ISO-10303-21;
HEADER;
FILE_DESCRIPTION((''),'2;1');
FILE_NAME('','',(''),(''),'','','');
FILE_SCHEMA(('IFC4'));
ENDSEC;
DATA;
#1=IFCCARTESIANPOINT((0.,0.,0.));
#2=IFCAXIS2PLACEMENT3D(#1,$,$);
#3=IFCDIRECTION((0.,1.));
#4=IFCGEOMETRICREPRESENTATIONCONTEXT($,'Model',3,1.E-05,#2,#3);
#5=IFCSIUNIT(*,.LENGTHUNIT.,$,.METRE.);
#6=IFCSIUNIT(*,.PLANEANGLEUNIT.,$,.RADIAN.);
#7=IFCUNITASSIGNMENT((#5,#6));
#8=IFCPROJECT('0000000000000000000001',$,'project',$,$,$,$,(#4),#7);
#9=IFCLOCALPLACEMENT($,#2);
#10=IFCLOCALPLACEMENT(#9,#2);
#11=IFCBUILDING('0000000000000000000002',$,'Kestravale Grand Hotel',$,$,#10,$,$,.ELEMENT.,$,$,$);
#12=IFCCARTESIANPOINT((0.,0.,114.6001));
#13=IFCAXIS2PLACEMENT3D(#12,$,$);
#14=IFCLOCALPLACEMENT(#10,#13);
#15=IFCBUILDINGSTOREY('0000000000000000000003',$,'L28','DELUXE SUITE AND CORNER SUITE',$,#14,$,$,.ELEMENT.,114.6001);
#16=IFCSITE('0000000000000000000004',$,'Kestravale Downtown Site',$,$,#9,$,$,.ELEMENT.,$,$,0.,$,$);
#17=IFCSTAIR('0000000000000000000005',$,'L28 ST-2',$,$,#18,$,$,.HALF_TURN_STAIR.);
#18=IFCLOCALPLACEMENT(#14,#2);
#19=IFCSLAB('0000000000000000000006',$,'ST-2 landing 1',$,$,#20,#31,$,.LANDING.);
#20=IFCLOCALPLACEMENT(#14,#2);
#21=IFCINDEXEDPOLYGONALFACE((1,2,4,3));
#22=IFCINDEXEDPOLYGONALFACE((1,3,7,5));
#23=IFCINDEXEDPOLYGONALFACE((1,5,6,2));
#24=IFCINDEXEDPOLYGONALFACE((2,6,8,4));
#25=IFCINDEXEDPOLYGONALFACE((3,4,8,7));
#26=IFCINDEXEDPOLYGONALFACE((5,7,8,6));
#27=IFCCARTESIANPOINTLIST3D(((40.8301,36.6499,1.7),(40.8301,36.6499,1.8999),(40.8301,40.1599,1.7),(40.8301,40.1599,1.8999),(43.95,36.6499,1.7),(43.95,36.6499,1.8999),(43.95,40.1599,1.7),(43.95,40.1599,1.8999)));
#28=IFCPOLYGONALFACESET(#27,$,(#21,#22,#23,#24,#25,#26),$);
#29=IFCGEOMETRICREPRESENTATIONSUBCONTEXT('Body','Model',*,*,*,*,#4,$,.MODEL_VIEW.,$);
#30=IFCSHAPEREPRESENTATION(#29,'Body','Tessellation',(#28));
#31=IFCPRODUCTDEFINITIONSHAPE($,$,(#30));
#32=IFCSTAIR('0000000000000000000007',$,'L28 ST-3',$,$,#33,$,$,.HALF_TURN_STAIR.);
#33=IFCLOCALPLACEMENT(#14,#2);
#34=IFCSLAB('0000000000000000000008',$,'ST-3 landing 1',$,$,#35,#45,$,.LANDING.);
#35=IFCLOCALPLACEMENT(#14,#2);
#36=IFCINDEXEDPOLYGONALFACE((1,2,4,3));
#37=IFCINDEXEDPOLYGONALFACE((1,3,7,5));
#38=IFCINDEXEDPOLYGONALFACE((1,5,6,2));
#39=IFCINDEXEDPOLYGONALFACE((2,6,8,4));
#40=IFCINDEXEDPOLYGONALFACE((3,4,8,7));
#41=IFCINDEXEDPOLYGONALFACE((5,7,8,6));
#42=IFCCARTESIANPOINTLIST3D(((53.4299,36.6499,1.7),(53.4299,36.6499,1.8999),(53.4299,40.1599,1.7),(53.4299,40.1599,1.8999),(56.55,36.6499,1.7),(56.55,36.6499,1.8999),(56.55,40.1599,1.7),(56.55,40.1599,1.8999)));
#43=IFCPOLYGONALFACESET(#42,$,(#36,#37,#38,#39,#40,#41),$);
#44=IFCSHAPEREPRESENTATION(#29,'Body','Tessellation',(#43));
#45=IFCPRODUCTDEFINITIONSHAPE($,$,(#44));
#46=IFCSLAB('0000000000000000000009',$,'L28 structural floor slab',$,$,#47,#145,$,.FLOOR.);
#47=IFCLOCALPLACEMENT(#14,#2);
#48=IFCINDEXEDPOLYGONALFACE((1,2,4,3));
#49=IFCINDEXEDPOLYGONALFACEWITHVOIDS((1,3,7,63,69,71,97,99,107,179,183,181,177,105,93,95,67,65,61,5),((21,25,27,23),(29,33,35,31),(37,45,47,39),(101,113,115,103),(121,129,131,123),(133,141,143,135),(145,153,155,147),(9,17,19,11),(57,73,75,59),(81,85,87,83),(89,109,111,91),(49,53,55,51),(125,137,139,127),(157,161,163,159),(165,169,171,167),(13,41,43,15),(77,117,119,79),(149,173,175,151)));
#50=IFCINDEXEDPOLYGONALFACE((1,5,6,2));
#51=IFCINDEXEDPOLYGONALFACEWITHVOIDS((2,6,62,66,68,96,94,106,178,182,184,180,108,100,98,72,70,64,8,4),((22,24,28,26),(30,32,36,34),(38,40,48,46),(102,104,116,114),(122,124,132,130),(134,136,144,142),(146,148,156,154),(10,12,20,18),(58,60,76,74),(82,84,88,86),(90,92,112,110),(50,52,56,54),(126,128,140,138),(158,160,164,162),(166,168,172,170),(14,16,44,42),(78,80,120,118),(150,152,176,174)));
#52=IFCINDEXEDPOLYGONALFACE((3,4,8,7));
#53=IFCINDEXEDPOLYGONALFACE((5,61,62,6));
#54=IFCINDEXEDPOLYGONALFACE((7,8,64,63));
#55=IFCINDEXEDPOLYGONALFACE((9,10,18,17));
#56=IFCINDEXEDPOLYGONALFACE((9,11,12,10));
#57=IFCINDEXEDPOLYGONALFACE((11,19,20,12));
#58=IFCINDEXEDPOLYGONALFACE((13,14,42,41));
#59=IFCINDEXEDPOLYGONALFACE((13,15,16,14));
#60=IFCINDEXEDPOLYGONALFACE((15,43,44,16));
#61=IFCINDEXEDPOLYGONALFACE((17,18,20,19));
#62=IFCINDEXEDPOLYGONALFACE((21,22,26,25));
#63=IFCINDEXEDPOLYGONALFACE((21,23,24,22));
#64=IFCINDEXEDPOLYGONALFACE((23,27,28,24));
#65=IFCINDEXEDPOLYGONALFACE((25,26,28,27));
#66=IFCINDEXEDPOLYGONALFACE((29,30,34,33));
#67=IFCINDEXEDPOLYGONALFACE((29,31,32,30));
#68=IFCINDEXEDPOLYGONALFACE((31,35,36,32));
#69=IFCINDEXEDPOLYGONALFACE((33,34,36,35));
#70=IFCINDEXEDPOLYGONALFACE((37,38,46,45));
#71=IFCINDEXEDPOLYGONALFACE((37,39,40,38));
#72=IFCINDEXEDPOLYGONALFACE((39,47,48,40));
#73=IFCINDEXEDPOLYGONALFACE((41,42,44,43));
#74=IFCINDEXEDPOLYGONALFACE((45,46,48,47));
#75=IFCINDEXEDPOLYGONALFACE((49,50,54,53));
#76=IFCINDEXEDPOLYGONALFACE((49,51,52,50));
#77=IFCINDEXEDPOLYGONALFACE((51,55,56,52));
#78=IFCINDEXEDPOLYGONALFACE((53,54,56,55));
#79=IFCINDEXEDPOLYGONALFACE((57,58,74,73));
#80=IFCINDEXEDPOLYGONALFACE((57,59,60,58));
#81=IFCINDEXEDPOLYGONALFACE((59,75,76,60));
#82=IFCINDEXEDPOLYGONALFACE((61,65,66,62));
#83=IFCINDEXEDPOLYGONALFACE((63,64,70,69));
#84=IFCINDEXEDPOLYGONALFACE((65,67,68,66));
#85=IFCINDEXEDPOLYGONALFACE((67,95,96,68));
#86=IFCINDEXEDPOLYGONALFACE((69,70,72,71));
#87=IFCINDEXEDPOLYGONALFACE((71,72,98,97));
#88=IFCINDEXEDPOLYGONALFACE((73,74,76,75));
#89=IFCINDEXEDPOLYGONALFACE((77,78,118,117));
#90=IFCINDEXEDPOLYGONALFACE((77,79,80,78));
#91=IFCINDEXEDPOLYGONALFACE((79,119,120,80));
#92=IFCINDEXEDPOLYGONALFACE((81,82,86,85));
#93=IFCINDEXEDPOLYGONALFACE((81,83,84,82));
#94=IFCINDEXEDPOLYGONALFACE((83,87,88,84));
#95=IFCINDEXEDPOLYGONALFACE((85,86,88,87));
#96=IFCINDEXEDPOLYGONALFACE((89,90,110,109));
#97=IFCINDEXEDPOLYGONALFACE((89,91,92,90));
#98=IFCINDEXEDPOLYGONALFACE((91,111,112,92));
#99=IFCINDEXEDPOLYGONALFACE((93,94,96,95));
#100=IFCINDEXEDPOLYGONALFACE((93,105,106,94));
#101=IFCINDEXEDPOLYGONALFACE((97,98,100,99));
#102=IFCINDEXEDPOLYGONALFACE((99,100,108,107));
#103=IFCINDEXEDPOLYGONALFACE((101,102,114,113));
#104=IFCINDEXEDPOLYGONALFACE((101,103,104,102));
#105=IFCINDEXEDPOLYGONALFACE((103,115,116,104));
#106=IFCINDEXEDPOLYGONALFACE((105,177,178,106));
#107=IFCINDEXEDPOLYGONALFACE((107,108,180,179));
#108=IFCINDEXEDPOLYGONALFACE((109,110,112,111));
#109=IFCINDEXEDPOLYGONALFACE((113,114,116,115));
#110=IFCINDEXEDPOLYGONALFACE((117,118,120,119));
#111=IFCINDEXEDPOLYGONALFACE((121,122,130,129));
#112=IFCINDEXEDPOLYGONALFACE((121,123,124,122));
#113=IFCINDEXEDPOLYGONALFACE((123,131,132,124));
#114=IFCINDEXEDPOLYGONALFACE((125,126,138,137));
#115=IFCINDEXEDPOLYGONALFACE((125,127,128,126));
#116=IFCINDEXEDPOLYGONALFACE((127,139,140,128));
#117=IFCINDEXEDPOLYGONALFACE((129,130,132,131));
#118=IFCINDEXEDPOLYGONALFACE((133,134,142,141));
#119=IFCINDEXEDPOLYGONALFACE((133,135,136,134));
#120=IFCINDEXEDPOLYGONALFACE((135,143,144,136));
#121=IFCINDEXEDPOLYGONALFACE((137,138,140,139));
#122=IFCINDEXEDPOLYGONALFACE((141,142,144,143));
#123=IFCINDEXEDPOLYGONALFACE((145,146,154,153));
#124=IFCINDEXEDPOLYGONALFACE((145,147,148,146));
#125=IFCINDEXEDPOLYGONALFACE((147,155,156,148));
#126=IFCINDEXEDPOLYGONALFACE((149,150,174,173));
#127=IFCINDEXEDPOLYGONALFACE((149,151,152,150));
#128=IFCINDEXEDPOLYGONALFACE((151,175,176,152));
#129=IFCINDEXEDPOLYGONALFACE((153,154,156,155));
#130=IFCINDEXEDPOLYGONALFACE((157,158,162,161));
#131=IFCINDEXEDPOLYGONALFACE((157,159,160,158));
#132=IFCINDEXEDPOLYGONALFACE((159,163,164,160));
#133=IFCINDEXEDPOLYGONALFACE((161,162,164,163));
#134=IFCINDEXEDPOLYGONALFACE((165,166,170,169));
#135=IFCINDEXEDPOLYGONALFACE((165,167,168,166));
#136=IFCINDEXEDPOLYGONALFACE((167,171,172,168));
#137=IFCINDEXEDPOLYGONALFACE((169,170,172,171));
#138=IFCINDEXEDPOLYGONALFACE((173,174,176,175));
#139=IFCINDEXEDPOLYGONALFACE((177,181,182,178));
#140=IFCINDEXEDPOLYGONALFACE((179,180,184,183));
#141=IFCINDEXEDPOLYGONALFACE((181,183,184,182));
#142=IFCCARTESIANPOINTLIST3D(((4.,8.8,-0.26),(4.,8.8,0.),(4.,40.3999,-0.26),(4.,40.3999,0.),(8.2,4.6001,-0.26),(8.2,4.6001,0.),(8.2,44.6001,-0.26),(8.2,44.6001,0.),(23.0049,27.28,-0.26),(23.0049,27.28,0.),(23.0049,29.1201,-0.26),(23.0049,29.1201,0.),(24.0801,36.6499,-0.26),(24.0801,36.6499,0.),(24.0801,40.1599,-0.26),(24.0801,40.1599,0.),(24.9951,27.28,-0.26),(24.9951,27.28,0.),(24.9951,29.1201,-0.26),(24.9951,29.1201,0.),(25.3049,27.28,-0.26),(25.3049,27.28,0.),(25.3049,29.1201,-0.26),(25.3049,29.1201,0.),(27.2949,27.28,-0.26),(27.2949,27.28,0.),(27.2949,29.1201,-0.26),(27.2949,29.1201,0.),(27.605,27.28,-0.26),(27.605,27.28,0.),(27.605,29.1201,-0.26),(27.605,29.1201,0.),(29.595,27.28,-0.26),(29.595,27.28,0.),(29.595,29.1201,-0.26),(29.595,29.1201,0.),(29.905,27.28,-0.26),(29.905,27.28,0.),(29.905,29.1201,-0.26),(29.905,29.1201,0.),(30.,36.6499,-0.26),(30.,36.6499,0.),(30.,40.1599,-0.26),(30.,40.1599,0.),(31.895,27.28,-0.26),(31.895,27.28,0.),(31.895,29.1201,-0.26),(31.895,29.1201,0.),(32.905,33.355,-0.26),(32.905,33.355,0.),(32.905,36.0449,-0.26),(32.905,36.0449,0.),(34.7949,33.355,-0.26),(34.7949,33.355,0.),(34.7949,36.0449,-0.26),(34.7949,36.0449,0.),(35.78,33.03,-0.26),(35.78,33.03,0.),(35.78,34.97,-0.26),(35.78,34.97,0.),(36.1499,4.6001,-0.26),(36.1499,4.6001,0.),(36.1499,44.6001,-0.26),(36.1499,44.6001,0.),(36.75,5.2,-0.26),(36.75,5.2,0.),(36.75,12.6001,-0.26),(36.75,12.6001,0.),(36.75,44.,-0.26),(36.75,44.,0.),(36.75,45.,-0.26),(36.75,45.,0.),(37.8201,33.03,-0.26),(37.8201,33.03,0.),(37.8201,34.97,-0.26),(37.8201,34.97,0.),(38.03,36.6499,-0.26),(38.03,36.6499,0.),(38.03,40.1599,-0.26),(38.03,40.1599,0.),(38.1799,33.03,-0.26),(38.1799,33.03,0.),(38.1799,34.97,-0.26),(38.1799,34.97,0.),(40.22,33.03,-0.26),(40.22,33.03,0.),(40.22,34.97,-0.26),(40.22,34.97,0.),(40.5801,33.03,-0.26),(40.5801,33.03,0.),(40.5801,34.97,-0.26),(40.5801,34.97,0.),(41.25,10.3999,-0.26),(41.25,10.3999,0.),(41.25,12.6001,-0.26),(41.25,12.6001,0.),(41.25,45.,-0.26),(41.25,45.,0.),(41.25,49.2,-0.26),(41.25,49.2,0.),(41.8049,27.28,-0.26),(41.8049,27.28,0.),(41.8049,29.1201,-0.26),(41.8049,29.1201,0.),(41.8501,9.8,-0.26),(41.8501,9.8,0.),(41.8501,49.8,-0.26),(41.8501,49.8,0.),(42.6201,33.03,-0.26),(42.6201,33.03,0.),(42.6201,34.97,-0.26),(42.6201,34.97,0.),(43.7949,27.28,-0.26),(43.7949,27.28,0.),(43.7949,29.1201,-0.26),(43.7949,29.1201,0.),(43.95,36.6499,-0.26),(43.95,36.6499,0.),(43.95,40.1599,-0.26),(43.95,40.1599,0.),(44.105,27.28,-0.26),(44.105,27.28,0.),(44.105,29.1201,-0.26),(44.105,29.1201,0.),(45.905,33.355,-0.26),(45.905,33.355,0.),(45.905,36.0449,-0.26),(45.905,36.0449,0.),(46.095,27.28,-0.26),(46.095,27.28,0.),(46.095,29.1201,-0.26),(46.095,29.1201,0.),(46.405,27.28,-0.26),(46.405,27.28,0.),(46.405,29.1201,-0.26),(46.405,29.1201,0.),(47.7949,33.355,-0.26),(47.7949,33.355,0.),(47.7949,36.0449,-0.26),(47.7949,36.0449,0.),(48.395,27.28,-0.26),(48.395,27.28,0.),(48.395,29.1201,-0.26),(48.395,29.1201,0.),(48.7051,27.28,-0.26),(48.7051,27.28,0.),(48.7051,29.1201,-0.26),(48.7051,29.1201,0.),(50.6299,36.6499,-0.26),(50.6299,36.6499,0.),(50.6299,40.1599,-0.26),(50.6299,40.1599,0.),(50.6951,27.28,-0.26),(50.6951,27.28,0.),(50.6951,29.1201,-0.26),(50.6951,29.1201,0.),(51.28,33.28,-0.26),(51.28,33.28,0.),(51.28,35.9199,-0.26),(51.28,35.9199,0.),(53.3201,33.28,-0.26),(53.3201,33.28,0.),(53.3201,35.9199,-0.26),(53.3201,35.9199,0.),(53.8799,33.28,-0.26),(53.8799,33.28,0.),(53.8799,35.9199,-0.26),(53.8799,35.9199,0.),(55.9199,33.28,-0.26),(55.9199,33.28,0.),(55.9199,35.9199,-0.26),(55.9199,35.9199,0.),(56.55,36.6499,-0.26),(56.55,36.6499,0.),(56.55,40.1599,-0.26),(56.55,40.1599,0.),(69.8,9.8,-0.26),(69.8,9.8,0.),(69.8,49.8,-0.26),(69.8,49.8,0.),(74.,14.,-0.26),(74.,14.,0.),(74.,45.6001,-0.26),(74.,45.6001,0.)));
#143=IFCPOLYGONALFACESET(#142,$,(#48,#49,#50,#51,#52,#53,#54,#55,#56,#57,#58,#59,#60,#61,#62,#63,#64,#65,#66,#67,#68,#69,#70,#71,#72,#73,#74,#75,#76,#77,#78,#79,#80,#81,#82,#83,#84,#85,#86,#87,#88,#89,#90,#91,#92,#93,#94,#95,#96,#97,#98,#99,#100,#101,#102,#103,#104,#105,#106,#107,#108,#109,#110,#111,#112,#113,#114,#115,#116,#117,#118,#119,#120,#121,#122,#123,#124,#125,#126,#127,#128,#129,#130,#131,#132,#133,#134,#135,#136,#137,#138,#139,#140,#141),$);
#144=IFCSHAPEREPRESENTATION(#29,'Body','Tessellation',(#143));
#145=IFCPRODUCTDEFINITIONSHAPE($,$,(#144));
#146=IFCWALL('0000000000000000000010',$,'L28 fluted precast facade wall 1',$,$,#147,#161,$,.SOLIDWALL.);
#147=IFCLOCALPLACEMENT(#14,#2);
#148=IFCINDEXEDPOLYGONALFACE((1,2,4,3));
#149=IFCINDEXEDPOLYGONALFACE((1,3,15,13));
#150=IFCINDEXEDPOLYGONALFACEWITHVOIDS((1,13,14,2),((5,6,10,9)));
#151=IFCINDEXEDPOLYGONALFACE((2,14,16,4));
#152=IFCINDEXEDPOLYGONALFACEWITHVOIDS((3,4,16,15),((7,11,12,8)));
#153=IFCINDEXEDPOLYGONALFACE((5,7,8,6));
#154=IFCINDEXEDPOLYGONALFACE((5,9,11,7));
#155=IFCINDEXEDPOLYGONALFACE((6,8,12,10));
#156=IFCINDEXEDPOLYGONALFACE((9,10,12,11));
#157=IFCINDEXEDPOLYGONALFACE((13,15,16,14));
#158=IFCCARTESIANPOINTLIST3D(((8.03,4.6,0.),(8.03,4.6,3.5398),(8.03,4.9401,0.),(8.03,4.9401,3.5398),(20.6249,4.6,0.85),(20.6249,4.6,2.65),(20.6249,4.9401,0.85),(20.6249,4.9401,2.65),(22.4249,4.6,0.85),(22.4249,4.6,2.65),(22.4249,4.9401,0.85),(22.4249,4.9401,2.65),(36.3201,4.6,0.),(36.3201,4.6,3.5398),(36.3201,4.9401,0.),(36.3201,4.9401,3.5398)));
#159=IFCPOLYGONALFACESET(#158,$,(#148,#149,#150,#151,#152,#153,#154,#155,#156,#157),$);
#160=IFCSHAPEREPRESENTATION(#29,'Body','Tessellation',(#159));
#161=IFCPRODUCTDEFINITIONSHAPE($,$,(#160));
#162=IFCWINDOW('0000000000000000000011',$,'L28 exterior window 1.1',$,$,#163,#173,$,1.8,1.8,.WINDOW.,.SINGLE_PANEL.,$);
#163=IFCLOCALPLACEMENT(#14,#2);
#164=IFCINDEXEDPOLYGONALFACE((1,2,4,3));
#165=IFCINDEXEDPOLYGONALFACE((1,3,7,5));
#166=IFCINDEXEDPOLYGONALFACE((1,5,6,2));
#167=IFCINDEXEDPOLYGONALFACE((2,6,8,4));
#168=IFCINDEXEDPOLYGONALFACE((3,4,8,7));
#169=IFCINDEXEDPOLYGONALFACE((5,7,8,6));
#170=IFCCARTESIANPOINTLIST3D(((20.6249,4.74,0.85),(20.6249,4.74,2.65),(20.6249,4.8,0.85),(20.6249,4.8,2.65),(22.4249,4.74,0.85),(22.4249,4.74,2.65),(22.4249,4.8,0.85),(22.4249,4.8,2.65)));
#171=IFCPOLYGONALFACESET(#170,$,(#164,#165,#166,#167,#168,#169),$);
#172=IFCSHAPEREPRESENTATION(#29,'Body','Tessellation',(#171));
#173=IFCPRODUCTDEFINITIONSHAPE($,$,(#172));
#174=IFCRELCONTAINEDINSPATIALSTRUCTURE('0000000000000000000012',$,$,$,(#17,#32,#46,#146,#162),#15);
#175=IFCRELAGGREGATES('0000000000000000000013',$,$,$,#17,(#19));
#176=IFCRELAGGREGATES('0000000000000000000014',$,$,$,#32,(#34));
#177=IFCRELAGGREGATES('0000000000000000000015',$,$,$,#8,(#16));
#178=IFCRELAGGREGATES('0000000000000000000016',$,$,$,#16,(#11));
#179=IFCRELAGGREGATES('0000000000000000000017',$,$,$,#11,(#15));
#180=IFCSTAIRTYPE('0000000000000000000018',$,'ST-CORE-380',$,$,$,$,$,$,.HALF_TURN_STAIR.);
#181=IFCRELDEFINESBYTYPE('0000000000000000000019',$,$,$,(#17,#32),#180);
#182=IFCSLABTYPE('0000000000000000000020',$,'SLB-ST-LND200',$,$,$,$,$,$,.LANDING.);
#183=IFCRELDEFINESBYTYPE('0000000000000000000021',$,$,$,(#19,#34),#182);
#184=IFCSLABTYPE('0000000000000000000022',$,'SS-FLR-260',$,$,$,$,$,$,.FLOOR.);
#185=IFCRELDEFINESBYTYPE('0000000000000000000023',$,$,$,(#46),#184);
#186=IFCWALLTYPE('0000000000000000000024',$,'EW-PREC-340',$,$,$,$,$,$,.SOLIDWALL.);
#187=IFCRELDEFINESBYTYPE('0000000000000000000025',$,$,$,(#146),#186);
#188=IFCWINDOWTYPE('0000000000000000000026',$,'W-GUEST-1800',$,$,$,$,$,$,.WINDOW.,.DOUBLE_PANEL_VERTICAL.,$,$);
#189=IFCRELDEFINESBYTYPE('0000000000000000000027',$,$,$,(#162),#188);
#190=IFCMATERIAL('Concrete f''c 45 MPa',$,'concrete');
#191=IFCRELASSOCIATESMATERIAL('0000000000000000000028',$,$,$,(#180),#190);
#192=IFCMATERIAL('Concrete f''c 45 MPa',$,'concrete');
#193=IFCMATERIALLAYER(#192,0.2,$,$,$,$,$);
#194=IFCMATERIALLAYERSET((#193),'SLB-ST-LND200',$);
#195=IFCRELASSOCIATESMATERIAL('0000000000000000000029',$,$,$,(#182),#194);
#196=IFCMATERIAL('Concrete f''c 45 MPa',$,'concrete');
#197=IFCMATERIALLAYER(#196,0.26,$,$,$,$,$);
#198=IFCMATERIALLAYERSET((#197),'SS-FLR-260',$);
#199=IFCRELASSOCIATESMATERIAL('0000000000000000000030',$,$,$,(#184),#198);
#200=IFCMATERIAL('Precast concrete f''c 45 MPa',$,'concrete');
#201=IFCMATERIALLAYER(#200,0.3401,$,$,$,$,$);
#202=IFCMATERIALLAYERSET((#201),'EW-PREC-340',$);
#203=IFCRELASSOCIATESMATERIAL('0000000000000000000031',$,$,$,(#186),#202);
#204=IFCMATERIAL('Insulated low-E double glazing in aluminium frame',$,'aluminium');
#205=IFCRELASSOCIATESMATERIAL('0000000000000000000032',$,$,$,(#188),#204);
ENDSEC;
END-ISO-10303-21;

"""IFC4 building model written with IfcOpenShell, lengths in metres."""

from ifc_helpers import new_model, si_unit, direction, frame, frame_2d, origin, place, context, subcontext, project, spatial, polyline, rectangle, outline, extrude, material, layer, layer_set, type_object, element, fill, aggregate, save


model = new_model("IFC4")

# Units and contexts
model_context = context("Model", 3, precision=1e-05, world=origin(), true_north=direction((0.0, 1.0)))
body_context = subcontext(model_context, "Body", "Model", "MODEL_VIEW")
ifc_project = project(units=[si_unit("LENGTHUNIT", "METRE"), si_unit("PLANEANGLEUNIT", "RADIAN")], contexts=[model_context])

# Site, building, storey
site_placement = place(None, origin())
site = spatial("IfcSite", under=ifc_project, at=site_placement, Name="Kestravale Downtown Site", CompositionType="ELEMENT", RefElevation=0.0)
building_placement = place(site_placement, origin())
building = spatial("IfcBuilding", under=site, at=building_placement, Name="Kestravale Grand Hotel", CompositionType="ELEMENT")
storey_placement = place(building_placement, frame((0.0, 0.0, 114.6001)))
storey = spatial("IfcBuildingStorey", under=building, at=storey_placement, Name="L28", Description="DELUXE SUITE AND CORNER SUITE", CompositionType="ELEMENT", Elevation=114.6001)

# Stairs, slabs
ifc_material_1 = material(Name="Concrete f'c 45 MPa", Category="concrete")
stair_type = type_object("IfcStairType", Name="ST-CORE-380", PredefinedType="HALF_TURN_STAIR", material=ifc_material_1)
ifc_material_2 = material(Name="Concrete f'c 45 MPa", Category="concrete")
ifc_layer_1 = layer(ifc_material_2, 0.2)
ifc_layer_set_1 = layer_set([ifc_layer_1], Name="SLB-ST-LND200")
slab_type_1 = type_object("IfcSlabType", Name="SLB-ST-LND200", PredefinedType="LANDING", material=ifc_layer_set_1)
stair_1_placement = place(storey_placement, origin())
stair_1 = element("IfcStair", 1, at=stair_1_placement, inside=storey, type_object=stair_type, Name="L28 ST-2", PredefinedType="HALF_TURN_STAIR")
slab_1_placement = place(storey_placement, frame((0.0, 0.0, 1.7)))
slab_1 = element("IfcSlab", 2, at=slab_1_placement, type_object=slab_type_1, Name="ST-2 landing 1", PredefinedType="LANDING", context=body_context, shape_type="SweptSolid", body=[
    extrude(outline(polyline([(40.8301, 36.6499), (43.95, 36.6499), (43.95, 40.1599), (40.8301, 40.1599), (40.8301, 36.6499)])), origin(), (0.0, 0.0, 1.0), 0.2),
])
aggregate(stair_1, [slab_1])
stair_2_placement = place(storey_placement, origin())
stair_2 = element("IfcStair", 3, at=stair_2_placement, inside=storey, type_object=stair_type, Name="L28 ST-3", PredefinedType="HALF_TURN_STAIR")
slab_2_placement = place(storey_placement, frame((0.0, 0.0, 1.7)))
slab_2 = element("IfcSlab", 4, at=slab_2_placement, type_object=slab_type_1, Name="ST-3 landing 1", PredefinedType="LANDING", context=body_context, shape_type="SweptSolid", body=[
    extrude(outline(polyline([(53.4299, 36.6499), (56.55, 36.6499), (56.55, 40.1599), (53.4299, 40.1599), (53.4299, 36.6499)])), origin(), (0.0, 0.0, 1.0), 0.2),
])
aggregate(stair_2, [slab_2])

# Slab
ifc_material_3 = material(Name="Concrete f'c 45 MPa", Category="concrete")
ifc_layer_2 = layer(ifc_material_3, 0.26)
ifc_layer_set_2 = layer_set([ifc_layer_2], Name="SS-FLR-260")
slab_type_2 = type_object("IfcSlabType", Name="SS-FLR-260", PredefinedType="FLOOR", material=ifc_layer_set_2)
slab_3_placement = place(storey_placement, frame((0.0, 0.0, -0.26)))
element("IfcSlab", 5, at=slab_3_placement, inside=storey, type_object=slab_type_2, Name="L28 structural floor slab", PredefinedType="FLOOR", context=body_context, shape_type="SweptSolid", body=[
    extrude(outline(polyline([(8.2, 4.6001), (36.1499, 4.6001), (36.75, 5.2), (36.75, 12.6001), (41.25, 12.6001), (41.25, 10.3999), (41.8501, 9.8), (69.8, 9.8), (74.0, 14.0), (74.0, 45.6001), (69.8, 49.8), (41.8501, 49.8), (41.25, 49.2), (41.25, 45.0), (36.75, 45.0), (36.75, 44.0), (36.1499, 44.6001), (8.2, 44.6001), (4.0, 40.3999), (4.0, 8.8), (8.2, 4.6001)]), holes=[polyline([(24.0801, 36.6499), (30.0, 36.6499), (30.0, 40.1599), (24.0801, 40.1599), (24.0801, 36.6499)]), polyline([(38.03, 36.6499), (43.95, 36.6499), (43.95, 40.1599), (38.03, 40.1599), (38.03, 36.6499)]), polyline([(50.6299, 36.6499), (56.55, 36.6499), (56.55, 40.1599), (50.6299, 40.1599), (50.6299, 36.6499)]), polyline([(23.0049, 27.28), (24.9951, 27.28), (24.9951, 29.1201), (23.0049, 29.1201), (23.0049, 27.28)]), polyline([(25.3049, 27.28), (27.2949, 27.28), (27.2949, 29.1201), (25.3049, 29.1201), (25.3049, 27.28)]), polyline([(27.605, 27.28), (29.595, 27.28), (29.595, 29.1201), (27.605, 29.1201), (27.605, 27.28)]), polyline([(29.905, 27.28), (31.895, 27.28), (31.895, 29.1201), (29.905, 29.1201), (29.905, 27.28)]), polyline([(41.8049, 27.28), (43.7949, 27.28), (43.7949, 29.1201), (41.8049, 29.1201), (41.8049, 27.28)]), polyline([(44.105, 27.28), (46.095, 27.28), (46.095, 29.1201), (44.105, 29.1201), (44.105, 27.28)]), polyline([(46.405, 27.28), (48.395, 27.28), (48.395, 29.1201), (46.405, 29.1201), (46.405, 27.28)]), polyline([(48.7051, 27.28), (50.6951, 27.28), (50.6951, 29.1201), (48.7051, 29.1201), (48.7051, 27.28)]), polyline([(35.78, 33.03), (37.8201, 33.03), (37.8201, 34.97), (35.78, 34.97), (35.78, 33.03)]), polyline([(38.1799, 33.03), (40.22, 33.03), (40.22, 34.97), (38.1799, 34.97), (38.1799, 33.03)]), polyline([(40.5801, 33.03), (42.6201, 33.03), (42.6201, 34.97), (40.5801, 34.97), (40.5801, 33.03)]), polyline([(32.905, 33.355), (34.7949, 33.355), (34.7949, 36.0449), (32.905, 36.0449), (32.905, 33.355)]), polyline([(45.905, 33.355), (47.7949, 33.355), (47.7949, 36.0449), (45.905, 36.0449), (45.905, 33.355)]), polyline([(51.28, 33.28), (53.3201, 33.28), (53.3201, 35.9199), (51.28, 35.9199), (51.28, 33.28)]), polyline([(53.8799, 33.28), (55.9199, 33.28), (55.9199, 35.9199), (53.8799, 35.9199), (53.8799, 33.28)])]), origin(), (0.0, 0.0, 1.0), 0.26),
])

# Wall, opening, window
ifc_material_4 = material(Name="Precast concrete f'c 45 MPa", Category="concrete")
ifc_layer_3 = layer(ifc_material_4, 0.3401)
ifc_layer_set_3 = layer_set([ifc_layer_3], Name="EW-PREC-340")
wall_type_1 = type_object("IfcWallType", Name="EW-PREC-340", PredefinedType="SOLIDWALL", material=ifc_layer_set_3)
wall_1_placement = place(storey_placement, frame((8.03, 4.77, 0.0), z_axis=(0.0, 0.0, 1.0), x_axis=(1.0, 0.0, 0.0)))
wall_1 = element("IfcWall", 6, at=wall_1_placement, inside=storey, type_object=wall_type_1, Name="L28 fluted precast facade wall 1", PredefinedType="SOLIDWALL", context=body_context, shape_type="SweptSolid", body=[
    extrude(rectangle(XDim=28.29, YDim=0.3401, at=frame_2d((14.145, 0.0))), origin(), (0.0, 0.0, 1.0), 3.5398),
])
opening_1_placement = place(wall_1_placement, frame((12.595, 0.0, 0.8501)))
opening_1 = element("IfcOpeningElement", 7, at=opening_1_placement, cuts=wall_1, PredefinedType="OPENING", context=body_context, shape_type="SweptSolid", body=[
    extrude(rectangle(XDim=1.8, YDim=1.8, at=frame_2d((0.8999, 0.8999))), frame((0.0, 0.1799, 0.0), z_axis=(0.0, -1.0, 0.0), x_axis=(1.0, 0.0, 0.0)), (0.0, 0.0, 1.0), 0.3601),
])
ifc_material_5 = material(Name="Insulated low-E double glazing in aluminium frame", Category="aluminium")
window_type = type_object("IfcWindowType", Name="W-GUEST-1800", PartitioningType="DOUBLE_PANEL_VERTICAL", PredefinedType="WINDOW", material=ifc_material_5)
window_1_placement = place(opening_1_placement, origin())
window_1 = element("IfcWindow", 8, at=window_1_placement, inside=storey, type_object=window_type, Name="L28 exterior window 1.1", OverallHeight=1.8, OverallWidth=1.8, PartitioningType="SINGLE_PANEL", PredefinedType="WINDOW", context=body_context, shape_type="SweptSolid", body=[
    extrude(rectangle(XDim=1.8, YDim=1.8, at=frame_2d((0.8999, 0.8999))), frame((0.0, 0.03, 0.0), z_axis=(0.0, -1.0, 0.0), x_axis=(1.0, 0.0, 0.0)), (0.0, 0.0, 1.0), 0.0601),
])
fill(opening_1, window_1)

save(model, "model.ifc")
